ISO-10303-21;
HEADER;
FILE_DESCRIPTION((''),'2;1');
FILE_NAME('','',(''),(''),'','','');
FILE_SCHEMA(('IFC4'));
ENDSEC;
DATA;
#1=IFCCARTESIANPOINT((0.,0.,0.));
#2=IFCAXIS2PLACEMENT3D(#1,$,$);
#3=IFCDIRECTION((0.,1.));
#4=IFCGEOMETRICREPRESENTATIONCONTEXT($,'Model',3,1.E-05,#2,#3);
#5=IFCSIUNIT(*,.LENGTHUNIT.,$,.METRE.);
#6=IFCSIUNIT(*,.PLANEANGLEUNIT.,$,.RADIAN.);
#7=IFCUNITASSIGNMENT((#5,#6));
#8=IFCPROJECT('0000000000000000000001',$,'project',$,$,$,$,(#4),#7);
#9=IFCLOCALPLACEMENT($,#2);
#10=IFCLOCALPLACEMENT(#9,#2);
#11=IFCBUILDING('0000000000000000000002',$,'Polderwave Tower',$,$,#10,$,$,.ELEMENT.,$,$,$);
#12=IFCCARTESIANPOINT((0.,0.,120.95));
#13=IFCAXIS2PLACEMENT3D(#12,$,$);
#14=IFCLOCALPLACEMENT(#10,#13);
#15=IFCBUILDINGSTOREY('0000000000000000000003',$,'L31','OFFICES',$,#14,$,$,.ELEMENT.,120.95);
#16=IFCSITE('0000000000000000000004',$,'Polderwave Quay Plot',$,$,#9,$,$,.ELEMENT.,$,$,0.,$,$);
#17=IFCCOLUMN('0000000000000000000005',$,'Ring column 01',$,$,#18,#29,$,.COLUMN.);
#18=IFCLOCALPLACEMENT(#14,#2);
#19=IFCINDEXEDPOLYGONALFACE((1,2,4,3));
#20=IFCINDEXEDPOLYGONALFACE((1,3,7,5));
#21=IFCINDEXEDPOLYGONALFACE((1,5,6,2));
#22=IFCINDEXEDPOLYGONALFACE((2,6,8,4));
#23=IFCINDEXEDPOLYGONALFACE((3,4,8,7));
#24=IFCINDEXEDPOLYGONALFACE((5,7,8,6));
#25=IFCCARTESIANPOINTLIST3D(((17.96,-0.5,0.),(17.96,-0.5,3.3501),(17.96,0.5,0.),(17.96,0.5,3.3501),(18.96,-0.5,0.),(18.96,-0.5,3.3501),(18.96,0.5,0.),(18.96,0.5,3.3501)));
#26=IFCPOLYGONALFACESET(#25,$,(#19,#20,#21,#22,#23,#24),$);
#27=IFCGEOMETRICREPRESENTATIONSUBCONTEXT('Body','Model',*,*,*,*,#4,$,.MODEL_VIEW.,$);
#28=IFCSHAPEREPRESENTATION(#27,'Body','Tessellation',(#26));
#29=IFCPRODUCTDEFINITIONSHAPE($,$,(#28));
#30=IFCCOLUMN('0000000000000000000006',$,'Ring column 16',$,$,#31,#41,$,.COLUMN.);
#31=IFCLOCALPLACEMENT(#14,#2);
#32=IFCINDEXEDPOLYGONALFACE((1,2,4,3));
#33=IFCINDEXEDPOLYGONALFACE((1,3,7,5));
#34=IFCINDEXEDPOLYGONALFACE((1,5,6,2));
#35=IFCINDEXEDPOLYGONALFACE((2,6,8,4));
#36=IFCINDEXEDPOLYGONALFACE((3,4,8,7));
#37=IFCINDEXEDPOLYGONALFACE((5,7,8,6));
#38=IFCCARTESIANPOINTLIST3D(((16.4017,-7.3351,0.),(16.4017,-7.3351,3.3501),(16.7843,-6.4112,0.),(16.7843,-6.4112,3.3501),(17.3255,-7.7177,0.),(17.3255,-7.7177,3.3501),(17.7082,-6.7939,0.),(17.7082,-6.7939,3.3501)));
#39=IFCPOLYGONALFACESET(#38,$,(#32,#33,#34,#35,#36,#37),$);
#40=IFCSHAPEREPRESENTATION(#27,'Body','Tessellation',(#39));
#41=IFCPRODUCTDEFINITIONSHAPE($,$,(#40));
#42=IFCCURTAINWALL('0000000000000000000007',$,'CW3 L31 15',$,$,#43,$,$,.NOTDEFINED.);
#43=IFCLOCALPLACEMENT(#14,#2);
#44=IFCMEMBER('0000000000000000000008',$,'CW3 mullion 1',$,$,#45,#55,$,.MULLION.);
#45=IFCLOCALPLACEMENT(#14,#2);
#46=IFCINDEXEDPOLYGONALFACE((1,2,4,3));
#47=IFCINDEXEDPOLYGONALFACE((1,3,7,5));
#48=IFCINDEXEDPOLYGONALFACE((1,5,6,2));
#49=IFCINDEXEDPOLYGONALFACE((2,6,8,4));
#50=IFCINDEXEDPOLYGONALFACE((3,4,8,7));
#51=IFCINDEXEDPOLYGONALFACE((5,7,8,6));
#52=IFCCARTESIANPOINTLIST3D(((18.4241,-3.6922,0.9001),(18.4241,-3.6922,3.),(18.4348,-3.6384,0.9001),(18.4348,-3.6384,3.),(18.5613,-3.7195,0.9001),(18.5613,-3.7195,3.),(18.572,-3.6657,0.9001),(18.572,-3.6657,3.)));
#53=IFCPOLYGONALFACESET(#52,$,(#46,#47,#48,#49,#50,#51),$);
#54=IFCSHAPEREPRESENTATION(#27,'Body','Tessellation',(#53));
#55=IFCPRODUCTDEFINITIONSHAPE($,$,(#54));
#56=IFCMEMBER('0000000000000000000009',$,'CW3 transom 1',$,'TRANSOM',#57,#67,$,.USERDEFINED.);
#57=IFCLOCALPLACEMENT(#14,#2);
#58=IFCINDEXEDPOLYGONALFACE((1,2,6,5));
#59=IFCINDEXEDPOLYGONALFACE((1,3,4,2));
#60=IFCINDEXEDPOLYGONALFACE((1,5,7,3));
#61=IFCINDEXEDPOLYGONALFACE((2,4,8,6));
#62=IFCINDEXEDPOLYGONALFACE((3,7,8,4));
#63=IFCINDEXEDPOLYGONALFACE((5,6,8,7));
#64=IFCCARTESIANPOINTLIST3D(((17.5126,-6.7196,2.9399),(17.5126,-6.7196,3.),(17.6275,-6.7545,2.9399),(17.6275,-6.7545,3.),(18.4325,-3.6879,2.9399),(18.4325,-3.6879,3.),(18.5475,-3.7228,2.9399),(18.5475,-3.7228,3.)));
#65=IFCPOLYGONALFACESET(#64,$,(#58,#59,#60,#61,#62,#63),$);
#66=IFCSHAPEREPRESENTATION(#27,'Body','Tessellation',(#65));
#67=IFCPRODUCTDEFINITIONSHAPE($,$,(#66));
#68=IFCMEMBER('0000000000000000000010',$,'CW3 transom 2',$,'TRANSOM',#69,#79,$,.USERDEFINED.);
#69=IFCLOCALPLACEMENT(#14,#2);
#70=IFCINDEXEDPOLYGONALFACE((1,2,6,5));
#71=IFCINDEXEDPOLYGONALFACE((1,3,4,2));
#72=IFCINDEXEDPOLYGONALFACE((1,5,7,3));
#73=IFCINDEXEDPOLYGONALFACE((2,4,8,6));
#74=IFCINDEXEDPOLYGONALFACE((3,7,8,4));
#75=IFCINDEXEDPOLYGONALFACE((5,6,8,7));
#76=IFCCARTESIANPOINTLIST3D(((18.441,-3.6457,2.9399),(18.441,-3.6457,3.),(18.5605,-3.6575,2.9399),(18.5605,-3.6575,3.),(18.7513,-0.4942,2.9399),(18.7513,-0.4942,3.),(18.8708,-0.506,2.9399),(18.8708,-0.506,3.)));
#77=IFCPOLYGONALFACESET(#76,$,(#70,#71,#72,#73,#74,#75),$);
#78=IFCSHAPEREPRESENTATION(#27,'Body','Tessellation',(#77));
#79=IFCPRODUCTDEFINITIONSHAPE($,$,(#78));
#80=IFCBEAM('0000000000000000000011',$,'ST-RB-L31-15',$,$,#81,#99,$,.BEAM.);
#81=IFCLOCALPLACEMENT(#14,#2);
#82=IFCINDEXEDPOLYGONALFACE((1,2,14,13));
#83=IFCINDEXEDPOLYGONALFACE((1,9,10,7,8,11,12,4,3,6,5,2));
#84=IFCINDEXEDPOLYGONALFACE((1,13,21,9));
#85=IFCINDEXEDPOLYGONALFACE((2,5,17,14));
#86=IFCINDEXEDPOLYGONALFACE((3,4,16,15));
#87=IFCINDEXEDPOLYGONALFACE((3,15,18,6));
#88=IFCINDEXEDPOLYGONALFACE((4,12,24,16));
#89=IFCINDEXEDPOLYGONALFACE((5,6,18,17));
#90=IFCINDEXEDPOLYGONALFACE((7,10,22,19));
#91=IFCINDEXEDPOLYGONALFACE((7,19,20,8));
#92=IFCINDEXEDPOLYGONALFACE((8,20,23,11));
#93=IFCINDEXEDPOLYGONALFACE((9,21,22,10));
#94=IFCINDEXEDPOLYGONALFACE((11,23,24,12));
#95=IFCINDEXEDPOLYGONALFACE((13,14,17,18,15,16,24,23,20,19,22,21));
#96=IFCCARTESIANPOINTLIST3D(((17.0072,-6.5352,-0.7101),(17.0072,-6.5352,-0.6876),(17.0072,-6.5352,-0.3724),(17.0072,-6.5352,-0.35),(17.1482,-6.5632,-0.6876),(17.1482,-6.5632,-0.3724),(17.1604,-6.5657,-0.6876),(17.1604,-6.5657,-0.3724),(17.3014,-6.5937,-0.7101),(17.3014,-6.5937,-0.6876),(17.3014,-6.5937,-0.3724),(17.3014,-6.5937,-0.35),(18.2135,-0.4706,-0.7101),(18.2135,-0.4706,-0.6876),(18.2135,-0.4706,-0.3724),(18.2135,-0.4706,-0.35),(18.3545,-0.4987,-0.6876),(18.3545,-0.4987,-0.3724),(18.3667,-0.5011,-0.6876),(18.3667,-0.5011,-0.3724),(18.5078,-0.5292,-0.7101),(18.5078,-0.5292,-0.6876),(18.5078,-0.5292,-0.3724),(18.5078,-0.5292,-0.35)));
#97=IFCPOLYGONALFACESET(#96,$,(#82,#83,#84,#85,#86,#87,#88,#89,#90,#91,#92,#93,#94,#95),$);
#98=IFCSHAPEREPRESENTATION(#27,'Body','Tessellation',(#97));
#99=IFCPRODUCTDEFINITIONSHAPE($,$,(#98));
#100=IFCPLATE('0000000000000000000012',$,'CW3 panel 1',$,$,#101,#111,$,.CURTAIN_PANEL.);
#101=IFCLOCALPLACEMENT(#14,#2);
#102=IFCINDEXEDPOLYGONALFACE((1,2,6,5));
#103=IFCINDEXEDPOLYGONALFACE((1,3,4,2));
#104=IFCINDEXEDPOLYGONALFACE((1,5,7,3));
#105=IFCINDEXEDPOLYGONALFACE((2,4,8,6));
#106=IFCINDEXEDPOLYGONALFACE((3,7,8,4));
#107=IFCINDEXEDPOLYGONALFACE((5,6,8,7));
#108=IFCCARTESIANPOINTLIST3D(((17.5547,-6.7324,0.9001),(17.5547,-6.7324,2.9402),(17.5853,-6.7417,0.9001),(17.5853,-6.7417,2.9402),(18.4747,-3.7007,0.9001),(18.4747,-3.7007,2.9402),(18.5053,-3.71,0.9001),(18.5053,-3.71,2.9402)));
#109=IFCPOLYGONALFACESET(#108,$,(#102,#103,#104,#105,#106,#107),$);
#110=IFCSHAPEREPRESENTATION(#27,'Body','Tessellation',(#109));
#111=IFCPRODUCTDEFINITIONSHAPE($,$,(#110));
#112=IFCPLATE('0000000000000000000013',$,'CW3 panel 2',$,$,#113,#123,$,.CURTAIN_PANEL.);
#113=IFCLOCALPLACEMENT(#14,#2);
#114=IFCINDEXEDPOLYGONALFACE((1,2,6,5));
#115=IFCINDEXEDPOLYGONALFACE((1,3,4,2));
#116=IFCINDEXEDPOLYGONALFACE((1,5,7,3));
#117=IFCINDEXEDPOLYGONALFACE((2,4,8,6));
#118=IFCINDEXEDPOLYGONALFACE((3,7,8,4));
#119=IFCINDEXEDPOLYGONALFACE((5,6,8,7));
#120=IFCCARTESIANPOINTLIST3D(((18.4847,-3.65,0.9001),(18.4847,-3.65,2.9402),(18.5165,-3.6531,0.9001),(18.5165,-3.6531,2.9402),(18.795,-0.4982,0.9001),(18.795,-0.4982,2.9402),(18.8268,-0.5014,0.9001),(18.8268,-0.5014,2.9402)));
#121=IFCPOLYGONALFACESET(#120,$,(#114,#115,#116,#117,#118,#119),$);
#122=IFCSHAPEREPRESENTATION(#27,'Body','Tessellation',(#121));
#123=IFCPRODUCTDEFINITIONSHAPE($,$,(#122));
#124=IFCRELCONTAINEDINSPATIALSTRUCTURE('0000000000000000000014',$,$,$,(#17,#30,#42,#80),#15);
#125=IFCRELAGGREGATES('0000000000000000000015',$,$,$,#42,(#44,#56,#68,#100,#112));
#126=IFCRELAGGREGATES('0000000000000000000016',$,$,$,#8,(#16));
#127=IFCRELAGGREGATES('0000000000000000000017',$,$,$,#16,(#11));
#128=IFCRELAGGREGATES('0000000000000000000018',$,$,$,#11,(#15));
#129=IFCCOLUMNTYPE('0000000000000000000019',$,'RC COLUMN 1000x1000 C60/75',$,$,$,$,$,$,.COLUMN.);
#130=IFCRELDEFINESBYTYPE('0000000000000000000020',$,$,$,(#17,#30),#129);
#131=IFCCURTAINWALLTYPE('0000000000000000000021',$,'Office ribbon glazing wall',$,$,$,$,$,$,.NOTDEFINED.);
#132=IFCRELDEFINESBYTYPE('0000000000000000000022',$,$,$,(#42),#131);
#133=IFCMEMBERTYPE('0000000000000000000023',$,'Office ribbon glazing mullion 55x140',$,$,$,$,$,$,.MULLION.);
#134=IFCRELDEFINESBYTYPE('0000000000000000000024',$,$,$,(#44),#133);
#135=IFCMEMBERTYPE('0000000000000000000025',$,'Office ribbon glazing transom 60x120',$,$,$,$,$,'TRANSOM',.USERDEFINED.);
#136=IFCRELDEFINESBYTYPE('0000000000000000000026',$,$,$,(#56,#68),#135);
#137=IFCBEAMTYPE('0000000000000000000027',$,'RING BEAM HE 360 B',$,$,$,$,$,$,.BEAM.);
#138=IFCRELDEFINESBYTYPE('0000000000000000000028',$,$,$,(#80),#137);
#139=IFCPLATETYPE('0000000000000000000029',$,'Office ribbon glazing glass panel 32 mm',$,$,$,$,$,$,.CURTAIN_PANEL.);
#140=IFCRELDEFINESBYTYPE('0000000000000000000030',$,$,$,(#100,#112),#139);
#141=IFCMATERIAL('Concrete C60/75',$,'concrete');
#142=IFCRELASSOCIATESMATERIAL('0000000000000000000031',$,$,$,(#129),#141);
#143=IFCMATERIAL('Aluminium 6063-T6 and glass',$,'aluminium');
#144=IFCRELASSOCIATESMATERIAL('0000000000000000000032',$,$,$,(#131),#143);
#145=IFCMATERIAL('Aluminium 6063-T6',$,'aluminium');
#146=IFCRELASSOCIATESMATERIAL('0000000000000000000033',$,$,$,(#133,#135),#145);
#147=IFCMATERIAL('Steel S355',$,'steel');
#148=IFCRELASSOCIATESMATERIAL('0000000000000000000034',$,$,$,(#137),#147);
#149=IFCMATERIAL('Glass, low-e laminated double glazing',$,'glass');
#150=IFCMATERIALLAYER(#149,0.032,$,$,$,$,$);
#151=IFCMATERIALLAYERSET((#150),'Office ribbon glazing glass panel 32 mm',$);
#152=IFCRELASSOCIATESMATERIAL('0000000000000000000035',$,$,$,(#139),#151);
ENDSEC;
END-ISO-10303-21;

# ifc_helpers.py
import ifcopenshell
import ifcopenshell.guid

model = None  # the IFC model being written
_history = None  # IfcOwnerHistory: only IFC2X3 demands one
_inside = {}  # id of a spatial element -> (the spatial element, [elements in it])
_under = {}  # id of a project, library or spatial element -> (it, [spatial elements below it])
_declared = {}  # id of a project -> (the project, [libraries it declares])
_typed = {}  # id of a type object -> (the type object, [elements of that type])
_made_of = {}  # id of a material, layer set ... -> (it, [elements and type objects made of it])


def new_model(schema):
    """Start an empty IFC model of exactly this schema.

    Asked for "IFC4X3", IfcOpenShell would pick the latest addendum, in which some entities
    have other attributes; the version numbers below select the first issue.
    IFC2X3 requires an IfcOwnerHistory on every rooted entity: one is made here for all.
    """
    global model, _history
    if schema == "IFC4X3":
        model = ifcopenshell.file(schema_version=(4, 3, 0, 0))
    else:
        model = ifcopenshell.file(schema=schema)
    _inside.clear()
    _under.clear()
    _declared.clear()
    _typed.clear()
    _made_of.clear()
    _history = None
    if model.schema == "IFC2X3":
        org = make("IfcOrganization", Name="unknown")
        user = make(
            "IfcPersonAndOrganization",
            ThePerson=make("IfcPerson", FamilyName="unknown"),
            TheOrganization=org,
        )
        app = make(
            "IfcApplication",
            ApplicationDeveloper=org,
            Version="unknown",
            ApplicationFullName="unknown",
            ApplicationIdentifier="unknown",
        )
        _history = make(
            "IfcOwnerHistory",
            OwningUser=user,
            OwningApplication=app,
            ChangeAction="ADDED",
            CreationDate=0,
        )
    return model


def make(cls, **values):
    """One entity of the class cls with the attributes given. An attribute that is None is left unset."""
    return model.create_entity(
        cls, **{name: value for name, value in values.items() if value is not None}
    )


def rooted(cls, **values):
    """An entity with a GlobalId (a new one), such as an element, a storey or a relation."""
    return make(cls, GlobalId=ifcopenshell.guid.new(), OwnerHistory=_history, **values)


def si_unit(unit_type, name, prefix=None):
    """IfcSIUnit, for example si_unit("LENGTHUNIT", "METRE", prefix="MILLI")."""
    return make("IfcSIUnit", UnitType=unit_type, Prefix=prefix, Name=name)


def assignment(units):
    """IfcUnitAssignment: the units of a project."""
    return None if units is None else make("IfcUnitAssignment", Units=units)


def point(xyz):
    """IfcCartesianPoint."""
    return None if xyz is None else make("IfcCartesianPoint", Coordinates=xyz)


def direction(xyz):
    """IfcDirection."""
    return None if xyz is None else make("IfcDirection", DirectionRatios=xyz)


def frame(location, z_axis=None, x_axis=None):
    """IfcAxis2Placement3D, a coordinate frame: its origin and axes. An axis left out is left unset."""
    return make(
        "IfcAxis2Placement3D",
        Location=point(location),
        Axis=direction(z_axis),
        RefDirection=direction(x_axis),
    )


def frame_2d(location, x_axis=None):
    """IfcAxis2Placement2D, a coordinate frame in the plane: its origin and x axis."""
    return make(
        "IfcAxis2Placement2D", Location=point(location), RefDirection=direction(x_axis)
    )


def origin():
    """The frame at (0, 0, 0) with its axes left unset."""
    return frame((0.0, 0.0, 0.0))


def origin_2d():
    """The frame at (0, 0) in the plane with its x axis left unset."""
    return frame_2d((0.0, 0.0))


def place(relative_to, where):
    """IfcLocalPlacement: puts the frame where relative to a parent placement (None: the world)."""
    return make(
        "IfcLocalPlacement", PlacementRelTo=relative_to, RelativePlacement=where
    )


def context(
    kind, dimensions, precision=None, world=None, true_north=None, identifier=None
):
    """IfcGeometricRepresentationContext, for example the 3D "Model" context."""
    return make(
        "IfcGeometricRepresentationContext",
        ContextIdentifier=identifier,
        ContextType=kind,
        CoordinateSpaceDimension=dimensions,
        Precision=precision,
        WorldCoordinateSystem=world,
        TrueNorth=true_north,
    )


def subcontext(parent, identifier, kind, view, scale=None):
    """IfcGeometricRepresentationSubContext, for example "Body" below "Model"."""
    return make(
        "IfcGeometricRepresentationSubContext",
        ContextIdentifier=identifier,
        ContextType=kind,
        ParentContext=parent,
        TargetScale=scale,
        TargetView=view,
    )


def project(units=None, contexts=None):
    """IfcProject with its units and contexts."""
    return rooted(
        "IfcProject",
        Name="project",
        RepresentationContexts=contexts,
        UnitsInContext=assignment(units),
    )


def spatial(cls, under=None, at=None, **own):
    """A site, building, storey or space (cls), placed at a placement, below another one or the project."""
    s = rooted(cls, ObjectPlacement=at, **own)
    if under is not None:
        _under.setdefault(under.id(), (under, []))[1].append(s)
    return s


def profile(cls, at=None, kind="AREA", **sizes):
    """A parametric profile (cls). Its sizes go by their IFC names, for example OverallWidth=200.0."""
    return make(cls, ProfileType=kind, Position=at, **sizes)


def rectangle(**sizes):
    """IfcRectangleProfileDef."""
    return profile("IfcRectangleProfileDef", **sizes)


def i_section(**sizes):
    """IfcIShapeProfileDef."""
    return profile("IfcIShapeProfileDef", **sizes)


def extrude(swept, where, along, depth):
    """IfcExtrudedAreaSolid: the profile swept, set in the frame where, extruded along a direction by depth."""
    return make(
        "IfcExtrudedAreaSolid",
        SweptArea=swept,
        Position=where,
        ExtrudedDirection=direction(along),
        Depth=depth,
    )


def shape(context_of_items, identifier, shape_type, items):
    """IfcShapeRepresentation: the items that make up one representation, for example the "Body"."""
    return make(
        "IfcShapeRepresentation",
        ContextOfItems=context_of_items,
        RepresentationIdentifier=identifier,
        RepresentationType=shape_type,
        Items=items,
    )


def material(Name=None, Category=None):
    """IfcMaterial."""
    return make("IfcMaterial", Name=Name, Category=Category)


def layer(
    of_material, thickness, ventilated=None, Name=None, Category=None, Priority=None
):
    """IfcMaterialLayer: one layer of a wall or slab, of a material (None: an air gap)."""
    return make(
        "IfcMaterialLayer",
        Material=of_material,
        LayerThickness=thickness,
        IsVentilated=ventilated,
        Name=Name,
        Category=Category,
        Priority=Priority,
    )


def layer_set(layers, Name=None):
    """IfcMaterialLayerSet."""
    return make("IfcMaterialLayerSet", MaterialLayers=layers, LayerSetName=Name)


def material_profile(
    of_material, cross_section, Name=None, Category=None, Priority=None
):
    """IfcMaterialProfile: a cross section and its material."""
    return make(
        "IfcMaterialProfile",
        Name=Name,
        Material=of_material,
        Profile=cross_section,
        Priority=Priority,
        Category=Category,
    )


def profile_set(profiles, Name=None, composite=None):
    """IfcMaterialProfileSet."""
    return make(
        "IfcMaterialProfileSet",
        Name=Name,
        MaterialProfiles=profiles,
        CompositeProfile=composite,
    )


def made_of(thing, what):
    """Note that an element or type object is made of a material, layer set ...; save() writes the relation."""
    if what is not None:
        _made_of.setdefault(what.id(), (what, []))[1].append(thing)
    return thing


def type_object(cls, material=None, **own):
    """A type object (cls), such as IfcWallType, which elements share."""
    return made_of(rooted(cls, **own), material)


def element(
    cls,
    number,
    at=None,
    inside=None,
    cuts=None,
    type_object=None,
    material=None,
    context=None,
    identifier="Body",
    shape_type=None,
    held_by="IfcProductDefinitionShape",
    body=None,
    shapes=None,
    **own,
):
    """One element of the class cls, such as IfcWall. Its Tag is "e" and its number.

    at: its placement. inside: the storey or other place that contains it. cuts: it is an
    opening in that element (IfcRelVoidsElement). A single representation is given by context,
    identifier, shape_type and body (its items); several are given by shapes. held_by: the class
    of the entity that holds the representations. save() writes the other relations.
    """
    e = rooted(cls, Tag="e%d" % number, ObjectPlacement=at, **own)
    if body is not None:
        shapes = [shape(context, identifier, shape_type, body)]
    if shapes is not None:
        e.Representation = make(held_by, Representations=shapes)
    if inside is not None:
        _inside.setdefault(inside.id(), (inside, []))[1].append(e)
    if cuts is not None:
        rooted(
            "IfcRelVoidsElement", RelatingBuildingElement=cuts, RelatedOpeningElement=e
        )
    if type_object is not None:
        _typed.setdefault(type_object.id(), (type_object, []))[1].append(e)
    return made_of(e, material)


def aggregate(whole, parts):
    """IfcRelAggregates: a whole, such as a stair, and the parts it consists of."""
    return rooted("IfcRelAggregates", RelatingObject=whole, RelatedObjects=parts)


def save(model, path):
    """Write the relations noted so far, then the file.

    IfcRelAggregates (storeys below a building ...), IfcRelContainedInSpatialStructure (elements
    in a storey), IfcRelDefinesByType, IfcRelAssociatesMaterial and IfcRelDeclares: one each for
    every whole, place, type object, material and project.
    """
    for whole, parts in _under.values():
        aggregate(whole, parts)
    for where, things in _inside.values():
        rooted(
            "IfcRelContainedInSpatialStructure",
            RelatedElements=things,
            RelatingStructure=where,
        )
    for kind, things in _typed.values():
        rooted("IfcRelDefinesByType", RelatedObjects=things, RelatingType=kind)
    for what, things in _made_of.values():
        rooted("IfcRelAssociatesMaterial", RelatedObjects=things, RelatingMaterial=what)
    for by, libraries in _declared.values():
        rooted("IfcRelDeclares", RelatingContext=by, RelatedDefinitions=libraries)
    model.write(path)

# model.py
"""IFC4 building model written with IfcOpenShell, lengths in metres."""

from ifc_helpers import new_model, si_unit, direction, frame, origin, origin_2d, place, context, subcontext, project, spatial, rectangle, i_section, extrude, material, layer, layer_set, material_profile, profile_set, type_object, element, aggregate, save


model = new_model("IFC4")

# Units and contexts
model_context = context("Model", 3, precision=1e-05, world=origin(), true_north=direction((0.0, 1.0)))
body_context = subcontext(model_context, "Body", "Model", "MODEL_VIEW")
ifc_project = project(units=[si_unit("LENGTHUNIT", "METRE"), si_unit("PLANEANGLEUNIT", "RADIAN")], contexts=[model_context])

# Site, building, storey
site_placement = place(None, origin())
site = spatial("IfcSite", under=ifc_project, at=site_placement, Name="Polderwave Quay Plot", CompositionType="ELEMENT", RefElevation=0.0)
building_placement = place(site_placement, origin())
building = spatial("IfcBuilding", under=site, at=building_placement, Name="Polderwave Tower", CompositionType="ELEMENT")
storey_placement = place(building_placement, frame((0.0, 0.0, 120.95)))
storey = spatial("IfcBuildingStorey", under=building, at=storey_placement, Name="L31", Description="OFFICES", CompositionType="ELEMENT", Elevation=120.95)

# Columns
ifc_material_1 = material(Name="Concrete C60/75", Category="concrete")
ifc_material_profile_1 = material_profile(ifc_material_1, rectangle(XDim=1.0, YDim=1.0, at=origin_2d()), Name="RC 1000x1000")
ifc_profile_set_1 = profile_set([ifc_material_profile_1], Name="Concrete C60/75")
column_type = type_object("IfcColumnType", Name="RC COLUMN 1000x1000 C60/75", PredefinedType="COLUMN", material=ifc_profile_set_1)
for number, where, z_axis, x_axis, name in (
    (1, (18.46, 0.0, 0.0), (0.0, 0.0, 1.0), (1.0, 0.0, 0.0), "Ring column 01"),
    (2, (17.0549, -7.0645, 0.0), (0.0, 0.0, 1.0), (0.92388, -0.382683, 0.0), "Ring column 16"),
):
    element("IfcColumn", number, at=place(storey_placement, frame(where, z_axis=z_axis, x_axis=x_axis)), inside=storey, type_object=column_type, Name=name, PredefinedType="COLUMN", context=body_context, shape_type="SweptSolid", body=[
        extrude(rectangle(XDim=1.0, YDim=1.0, at=origin_2d()), origin(), (0.0, 0.0, 1.0), 3.3501),
    ])

# Curtain wall, members
ifc_material_2 = material(Name="Aluminium 6063-T6 and glass", Category="aluminium")
curtain_wall_type = type_object("IfcCurtainWallType", Name="Office ribbon glazing wall", PredefinedType="NOTDEFINED", material=ifc_material_2)
curtain_wall_placement = place(storey_placement, origin())
curtain_wall = element("IfcCurtainWall", 3, at=curtain_wall_placement, inside=storey, type_object=curtain_wall_type, Name="CW3 L31 15", PredefinedType="NOTDEFINED")
ifc_material_3 = material(Name="Aluminium 6063-T6", Category="aluminium")
ifc_material_profile_2 = material_profile(ifc_material_3, rectangle(XDim=0.1399, YDim=0.0549, at=origin_2d()), Name="AL 55x140")
ifc_profile_set_2 = profile_set([ifc_material_profile_2], Name="Aluminium 6063-T6")
member_type_1 = type_object("IfcMemberType", Name="Office ribbon glazing mullion 55x140", PredefinedType="MULLION", material=ifc_profile_set_2)
member_1_placement = place(storey_placement, frame((18.498, -3.679, 0.9001), z_axis=(0.0, 0.0, 1.0), x_axis=(-0.980778, 0.195128, 0.0)))
member_1 = element("IfcMember", 4, at=member_1_placement, type_object=member_type_1, Name="CW3 mullion 1", PredefinedType="MULLION", context=body_context, shape_type="SweptSolid", body=[
    extrude(rectangle(XDim=0.1399, YDim=0.0549, at=origin_2d()), origin(), (0.0, 0.0, 1.0), 2.0999),
])
ifc_material_profile_3 = material_profile(ifc_material_3, rectangle(XDim=0.1201, YDim=0.0601, at=origin_2d()), Name="AL 60x120")
ifc_profile_set_3 = profile_set([ifc_material_profile_3], Name="Aluminium 6063-T6")
member_type_2 = type_object("IfcMemberType", Name="Office ribbon glazing transom 60x120", ElementType="TRANSOM", PredefinedType="USERDEFINED", material=ifc_profile_set_3)
member_2_placement = place(storey_placement, frame((17.5701, -6.7371, 2.97), z_axis=(0.290358, 0.956918, 0.0), x_axis=(-0.956918, 0.290358, 0.0)))
member_2 = element("IfcMember", 5, at=member_2_placement, type_object=member_type_2, Name="CW3 transom 1", ObjectType="TRANSOM", PredefinedType="USERDEFINED", context=body_context, shape_type="SweptSolid", body=[
    extrude(rectangle(XDim=0.1201, YDim=0.0601, at=origin_2d()), origin(), (0.0, 0.0, 1.0), 3.1682),
])
member_3_placement = place(storey_placement, frame((18.5007, -3.6516, 2.97), z_axis=(0.097985, 0.995188, 0.0), x_axis=(-0.995188, 0.097985, 0.0)))
member_3 = element("IfcMember", 6, at=member_3_placement, type_object=member_type_2, Name="CW3 transom 2", ObjectType="TRANSOM", PredefinedType="USERDEFINED", context=body_context, shape_type="SweptSolid", body=[
    extrude(rectangle(XDim=0.1201, YDim=0.0601, at=origin_2d()), origin(), (0.0, 0.0, 1.0), 3.1667),
])

# Beam
ifc_material_4 = material(Name="Steel S355", Category="steel")
ifc_material_profile_4 = material_profile(ifc_material_4, i_section(OverallWidth=0.3, OverallDepth=0.3601, WebThickness=0.0125, FlangeThickness=0.0225, at=origin_2d()), Name="HE 360 B")
ifc_profile_set_4 = profile_set([ifc_material_profile_4], Name="Steel S355")
beam_type = type_object("IfcBeamType", Name="RING BEAM HE 360 B", PredefinedType="BEAM", material=ifc_profile_set_4)
beam_placement = place(storey_placement, frame((17.1543, -6.5645, -0.53), z_axis=(0.195091, 0.980785, 0.0), x_axis=(-0.980785, 0.195091, 0.0)))
element("IfcBeam", 7, at=beam_placement, inside=storey, type_object=beam_type, Name="ST-RB-L31-15", PredefinedType="BEAM", context=body_context, shape_type="SweptSolid", body=[
    extrude(i_section(OverallWidth=0.3, OverallDepth=0.3601, WebThickness=0.0125, FlangeThickness=0.0225, at=origin_2d()), origin(), (0.0, 0.0, 1.0), 6.1833),
])

# Plates
ifc_material_5 = material(Name="Glass, low-e laminated double glazing", Category="glass")
ifc_layer_1 = layer(ifc_material_5, 0.032)
ifc_layer_set_1 = layer_set([ifc_layer_1], Name="Office ribbon glazing glass panel 32 mm")
plate_type = type_object("IfcPlateType", Name="Office ribbon glazing glass panel 32 mm", PredefinedType="CURTAIN_PANEL", material=ifc_layer_set_1)
plate_1_placement = place(storey_placement, frame((18.03, -5.2212, 0.9001), z_axis=(0.0, 0.0, 1.0), x_axis=(0.29039, 0.956908, 0.0)))
plate_1 = element("IfcPlate", 8, at=plate_1_placement, type_object=plate_type, Name="CW3 panel 1", PredefinedType="CURTAIN_PANEL", context=body_context, shape_type="SweptSolid", body=[
    extrude(rectangle(XDim=3.1682, YDim=0.032, at=origin_2d()), origin(), (0.0, 0.0, 1.0), 2.04),
])
plate_2_placement = place(storey_placement, frame((18.6558, -2.0757, 0.9001), z_axis=(0.0, 0.0, 1.0), x_axis=(0.097984, 0.995188, 0.0)))
plate_2 = element("IfcPlate", 9, at=plate_2_placement, type_object=plate_type, Name="CW3 panel 2", PredefinedType="CURTAIN_PANEL", context=body_context, shape_type="SweptSolid", body=[
    extrude(rectangle(XDim=3.167, YDim=0.032, at=origin_2d()), origin(), (0.0, 0.0, 1.0), 2.04),
])
aggregate(curtain_wall, [member_1, member_2, member_3, plate_1, plate_2])

save(model, "model.ifc")
